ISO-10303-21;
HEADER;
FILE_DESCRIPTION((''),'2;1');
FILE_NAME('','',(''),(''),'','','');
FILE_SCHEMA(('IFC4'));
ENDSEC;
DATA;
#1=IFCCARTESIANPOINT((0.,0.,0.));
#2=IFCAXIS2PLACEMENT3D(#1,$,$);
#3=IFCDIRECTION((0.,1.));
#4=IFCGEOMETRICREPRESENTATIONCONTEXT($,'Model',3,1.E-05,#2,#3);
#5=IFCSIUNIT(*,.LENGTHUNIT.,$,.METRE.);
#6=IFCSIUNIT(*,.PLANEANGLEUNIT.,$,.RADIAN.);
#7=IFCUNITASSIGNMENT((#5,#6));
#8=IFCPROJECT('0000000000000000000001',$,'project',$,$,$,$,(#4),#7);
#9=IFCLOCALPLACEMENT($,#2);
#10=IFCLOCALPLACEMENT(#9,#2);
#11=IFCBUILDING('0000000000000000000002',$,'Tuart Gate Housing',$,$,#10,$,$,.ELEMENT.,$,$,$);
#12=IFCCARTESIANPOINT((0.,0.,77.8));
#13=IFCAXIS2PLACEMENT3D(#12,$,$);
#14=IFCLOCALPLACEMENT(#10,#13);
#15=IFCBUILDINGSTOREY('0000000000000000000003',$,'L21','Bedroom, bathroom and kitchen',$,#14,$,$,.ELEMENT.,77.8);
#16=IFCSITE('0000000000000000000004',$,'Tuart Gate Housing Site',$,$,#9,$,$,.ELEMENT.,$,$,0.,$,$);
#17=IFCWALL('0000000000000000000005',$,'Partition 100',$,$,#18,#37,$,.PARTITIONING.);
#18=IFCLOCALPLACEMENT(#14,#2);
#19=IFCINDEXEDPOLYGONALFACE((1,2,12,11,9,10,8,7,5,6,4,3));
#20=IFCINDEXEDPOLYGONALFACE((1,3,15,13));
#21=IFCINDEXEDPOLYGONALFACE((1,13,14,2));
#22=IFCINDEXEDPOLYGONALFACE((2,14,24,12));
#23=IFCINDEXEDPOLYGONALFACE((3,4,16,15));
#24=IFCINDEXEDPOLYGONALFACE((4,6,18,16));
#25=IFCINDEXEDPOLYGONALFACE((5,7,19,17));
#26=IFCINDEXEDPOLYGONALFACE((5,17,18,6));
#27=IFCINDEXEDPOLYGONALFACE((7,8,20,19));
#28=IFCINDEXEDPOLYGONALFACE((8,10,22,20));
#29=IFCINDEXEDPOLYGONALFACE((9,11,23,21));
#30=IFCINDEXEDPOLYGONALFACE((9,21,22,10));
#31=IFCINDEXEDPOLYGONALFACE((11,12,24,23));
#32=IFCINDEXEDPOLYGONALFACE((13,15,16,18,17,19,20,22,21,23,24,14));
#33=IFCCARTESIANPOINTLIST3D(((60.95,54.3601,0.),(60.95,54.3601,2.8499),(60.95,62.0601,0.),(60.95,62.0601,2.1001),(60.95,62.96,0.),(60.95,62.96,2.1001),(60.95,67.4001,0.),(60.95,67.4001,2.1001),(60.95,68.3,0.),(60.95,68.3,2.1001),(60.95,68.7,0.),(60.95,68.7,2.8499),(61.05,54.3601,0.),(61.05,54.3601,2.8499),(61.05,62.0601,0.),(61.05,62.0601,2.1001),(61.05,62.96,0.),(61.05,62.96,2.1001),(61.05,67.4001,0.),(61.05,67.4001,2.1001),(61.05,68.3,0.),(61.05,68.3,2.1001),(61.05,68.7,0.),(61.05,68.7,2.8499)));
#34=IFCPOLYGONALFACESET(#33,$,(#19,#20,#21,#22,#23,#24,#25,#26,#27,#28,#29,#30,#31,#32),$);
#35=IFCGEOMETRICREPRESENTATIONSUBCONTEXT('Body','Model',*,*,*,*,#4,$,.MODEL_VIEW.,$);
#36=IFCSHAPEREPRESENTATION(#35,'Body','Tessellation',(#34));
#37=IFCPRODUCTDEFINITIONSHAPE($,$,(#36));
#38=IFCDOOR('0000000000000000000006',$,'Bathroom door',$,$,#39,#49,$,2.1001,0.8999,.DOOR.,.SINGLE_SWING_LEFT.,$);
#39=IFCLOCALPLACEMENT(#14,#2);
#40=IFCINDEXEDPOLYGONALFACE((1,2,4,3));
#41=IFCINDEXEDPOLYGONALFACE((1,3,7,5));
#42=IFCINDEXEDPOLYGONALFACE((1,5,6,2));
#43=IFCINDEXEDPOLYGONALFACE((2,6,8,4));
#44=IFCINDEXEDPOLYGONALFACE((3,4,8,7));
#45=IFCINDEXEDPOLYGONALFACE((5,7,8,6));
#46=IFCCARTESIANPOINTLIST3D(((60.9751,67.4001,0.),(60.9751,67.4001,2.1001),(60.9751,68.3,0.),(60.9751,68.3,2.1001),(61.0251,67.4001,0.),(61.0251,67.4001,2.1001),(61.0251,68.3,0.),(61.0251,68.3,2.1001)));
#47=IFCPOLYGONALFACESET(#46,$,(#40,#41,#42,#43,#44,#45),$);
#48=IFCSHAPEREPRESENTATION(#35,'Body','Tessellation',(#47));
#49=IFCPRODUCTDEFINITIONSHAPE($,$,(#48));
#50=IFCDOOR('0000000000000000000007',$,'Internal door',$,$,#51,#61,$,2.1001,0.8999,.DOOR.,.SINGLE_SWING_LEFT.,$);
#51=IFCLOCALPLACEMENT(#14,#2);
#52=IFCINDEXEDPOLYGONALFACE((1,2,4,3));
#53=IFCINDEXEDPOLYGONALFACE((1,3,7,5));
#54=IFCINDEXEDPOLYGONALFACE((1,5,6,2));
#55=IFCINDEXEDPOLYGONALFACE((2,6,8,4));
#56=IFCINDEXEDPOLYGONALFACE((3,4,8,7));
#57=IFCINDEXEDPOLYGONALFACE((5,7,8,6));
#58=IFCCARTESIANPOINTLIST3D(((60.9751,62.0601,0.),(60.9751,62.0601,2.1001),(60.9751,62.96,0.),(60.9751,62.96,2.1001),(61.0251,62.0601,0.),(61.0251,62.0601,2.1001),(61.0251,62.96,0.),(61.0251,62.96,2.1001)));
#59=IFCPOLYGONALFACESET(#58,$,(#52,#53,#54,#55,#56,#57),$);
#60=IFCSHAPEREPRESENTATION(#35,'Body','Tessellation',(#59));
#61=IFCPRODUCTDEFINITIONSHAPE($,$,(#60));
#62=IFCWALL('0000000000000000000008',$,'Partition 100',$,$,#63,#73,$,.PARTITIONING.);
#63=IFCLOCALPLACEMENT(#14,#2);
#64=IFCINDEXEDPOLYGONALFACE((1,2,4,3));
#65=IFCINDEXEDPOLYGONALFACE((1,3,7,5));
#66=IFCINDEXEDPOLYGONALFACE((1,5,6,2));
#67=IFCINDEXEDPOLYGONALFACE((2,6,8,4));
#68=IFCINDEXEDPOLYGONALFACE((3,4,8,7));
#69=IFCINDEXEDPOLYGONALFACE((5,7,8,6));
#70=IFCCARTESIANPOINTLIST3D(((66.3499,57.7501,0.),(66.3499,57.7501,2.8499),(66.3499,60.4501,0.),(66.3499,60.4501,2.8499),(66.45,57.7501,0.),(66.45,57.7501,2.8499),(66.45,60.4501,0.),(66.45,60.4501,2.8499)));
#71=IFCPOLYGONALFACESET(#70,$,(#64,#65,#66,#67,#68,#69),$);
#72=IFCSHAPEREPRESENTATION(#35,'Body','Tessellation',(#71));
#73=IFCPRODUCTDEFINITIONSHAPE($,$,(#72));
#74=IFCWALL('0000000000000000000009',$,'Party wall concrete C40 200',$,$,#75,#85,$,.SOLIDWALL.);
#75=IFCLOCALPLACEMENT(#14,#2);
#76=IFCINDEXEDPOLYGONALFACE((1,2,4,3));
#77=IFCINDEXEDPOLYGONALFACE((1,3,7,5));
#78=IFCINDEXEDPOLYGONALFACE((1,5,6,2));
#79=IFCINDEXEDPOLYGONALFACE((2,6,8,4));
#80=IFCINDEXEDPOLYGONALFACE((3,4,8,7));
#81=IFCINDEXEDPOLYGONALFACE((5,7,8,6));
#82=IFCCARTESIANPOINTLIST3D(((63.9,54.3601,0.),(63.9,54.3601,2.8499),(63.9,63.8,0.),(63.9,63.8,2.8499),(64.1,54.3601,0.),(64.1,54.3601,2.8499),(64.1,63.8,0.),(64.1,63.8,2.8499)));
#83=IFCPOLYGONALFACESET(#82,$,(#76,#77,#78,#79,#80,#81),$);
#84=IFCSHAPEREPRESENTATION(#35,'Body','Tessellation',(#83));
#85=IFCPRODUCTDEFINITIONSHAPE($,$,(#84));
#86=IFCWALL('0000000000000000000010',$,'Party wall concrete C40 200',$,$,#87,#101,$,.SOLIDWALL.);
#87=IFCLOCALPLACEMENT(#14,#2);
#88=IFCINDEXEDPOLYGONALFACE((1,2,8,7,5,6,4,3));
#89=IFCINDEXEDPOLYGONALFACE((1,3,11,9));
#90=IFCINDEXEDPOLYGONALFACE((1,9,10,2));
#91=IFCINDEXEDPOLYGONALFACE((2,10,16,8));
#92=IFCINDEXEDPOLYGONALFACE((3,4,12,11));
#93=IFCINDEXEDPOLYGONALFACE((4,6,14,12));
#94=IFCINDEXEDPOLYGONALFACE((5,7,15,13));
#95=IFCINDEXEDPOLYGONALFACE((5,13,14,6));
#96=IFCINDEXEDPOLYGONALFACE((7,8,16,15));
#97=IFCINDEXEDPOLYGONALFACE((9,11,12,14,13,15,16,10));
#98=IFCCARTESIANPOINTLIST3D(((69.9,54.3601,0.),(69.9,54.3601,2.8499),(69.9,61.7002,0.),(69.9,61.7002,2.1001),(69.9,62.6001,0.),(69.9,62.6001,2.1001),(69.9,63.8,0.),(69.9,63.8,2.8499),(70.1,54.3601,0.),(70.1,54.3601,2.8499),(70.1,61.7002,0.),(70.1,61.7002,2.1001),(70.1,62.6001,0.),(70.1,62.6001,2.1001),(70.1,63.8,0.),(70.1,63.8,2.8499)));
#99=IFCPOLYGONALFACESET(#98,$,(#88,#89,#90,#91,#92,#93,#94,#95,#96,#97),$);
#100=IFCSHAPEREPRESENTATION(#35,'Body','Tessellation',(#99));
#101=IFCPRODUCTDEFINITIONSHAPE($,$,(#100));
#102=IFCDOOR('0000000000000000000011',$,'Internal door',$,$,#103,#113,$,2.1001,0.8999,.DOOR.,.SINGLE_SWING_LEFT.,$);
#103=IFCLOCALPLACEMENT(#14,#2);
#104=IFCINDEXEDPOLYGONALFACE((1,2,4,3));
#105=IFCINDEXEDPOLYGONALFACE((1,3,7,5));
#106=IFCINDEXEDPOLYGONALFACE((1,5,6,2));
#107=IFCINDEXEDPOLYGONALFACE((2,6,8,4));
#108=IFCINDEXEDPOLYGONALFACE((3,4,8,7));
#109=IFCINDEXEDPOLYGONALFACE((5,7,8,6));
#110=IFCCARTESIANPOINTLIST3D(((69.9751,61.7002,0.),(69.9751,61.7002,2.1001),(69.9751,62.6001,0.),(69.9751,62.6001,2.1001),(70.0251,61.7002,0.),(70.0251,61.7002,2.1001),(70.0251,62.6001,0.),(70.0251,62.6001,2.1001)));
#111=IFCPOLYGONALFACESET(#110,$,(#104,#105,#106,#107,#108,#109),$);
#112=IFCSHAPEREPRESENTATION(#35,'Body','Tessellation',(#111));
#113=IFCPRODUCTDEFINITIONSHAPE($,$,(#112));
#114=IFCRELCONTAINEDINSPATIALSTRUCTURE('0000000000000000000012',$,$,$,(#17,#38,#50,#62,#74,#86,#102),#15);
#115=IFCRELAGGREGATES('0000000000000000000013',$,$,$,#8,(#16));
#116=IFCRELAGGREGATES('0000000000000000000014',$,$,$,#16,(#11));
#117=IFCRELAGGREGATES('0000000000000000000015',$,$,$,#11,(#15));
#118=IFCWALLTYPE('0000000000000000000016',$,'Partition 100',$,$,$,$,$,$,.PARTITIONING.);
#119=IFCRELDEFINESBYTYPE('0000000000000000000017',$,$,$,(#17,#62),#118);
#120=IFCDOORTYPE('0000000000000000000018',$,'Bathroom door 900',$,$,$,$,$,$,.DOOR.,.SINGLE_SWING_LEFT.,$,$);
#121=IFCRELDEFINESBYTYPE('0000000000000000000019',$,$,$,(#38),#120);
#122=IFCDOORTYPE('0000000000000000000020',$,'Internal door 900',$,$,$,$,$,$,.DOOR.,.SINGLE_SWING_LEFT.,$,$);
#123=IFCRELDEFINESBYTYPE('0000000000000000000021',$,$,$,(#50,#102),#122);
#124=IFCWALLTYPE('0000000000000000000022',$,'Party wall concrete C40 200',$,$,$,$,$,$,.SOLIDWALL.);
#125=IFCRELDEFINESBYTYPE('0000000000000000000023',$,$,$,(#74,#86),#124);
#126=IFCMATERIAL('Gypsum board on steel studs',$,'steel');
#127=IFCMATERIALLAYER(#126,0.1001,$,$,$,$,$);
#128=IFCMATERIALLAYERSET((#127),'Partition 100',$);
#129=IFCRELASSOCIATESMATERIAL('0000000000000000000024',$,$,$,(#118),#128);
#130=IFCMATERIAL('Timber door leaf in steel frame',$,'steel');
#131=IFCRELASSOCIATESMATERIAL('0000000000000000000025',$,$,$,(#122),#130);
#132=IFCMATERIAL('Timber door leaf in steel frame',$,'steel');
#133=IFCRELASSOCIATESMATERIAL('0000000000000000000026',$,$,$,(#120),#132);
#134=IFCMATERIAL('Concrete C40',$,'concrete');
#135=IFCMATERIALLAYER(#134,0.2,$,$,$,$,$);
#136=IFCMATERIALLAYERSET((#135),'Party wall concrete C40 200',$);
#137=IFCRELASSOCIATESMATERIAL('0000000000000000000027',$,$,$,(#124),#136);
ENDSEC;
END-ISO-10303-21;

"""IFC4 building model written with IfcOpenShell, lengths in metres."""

from ifc_helpers import new_model, si_unit, direction, frame, frame_2d, origin, place, context, subcontext, project, spatial, rectangle, extrude, material, layer, layer_set, type_object, element, fill, save


model = new_model("IFC4")

# Units and contexts
model_context = context("Model", 3, precision=1e-05, world=origin(), true_north=direction((0.0, 1.0)))
body_context = subcontext(model_context, "Body", "Model", "MODEL_VIEW")
ifc_project = project(units=[si_unit("LENGTHUNIT", "METRE"), si_unit("PLANEANGLEUNIT", "RADIAN")], contexts=[model_context])

# Site, building, storey
site_placement = place(None, origin())
site = spatial("IfcSite", under=ifc_project, at=site_placement, Name="Tuart Gate Housing Site", CompositionType="ELEMENT", RefElevation=0.0)
building_placement = place(site_placement, origin())
building = spatial("IfcBuilding", under=site, at=building_placement, Name="Tuart Gate Housing", CompositionType="ELEMENT")
storey_placement = place(building_placement, frame((0.0, 0.0, 77.8)))
storey = spatial("IfcBuildingStorey", under=building, at=storey_placement, Name="L21", Description="Bedroom, bathroom and kitchen", CompositionType="ELEMENT", Elevation=77.8)

# Shared definitions
ifc_material_1 = material(Name="Gypsum board on steel studs", Category="steel")
ifc_layer_1 = layer(ifc_material_1, 0.1001)
ifc_layer_set_1 = layer_set([ifc_layer_1], Name="Partition 100")
wall_type_1 = type_object("IfcWallType", Name="Partition 100", PredefinedType="PARTITIONING", material=ifc_layer_set_1)

# Shared definitions
ifc_material_2 = material(Name="Timber door leaf in steel frame", Category="steel")
door_type_1 = type_object("IfcDoorType", Name="Internal door 900", OperationType="SINGLE_SWING_LEFT", PredefinedType="DOOR", material=ifc_material_2)

# Shared definitions
ifc_material_3 = material(Name="Timber door leaf in steel frame", Category="steel")
door_type_2 = type_object("IfcDoorType", Name="Bathroom door 900", OperationType="SINGLE_SWING_LEFT", PredefinedType="DOOR", material=ifc_material_3)

# Wall, openings, doors
wall_1_placement = place(storey_placement, frame((61.0, 54.3601, 0.0), z_axis=(0.0, 0.0, 1.0), x_axis=(0.0, 1.0, 0.0)))
wall_1 = element("IfcWall", 1, at=wall_1_placement, inside=storey, type_object=wall_type_1, Name="Partition 100", PredefinedType="PARTITIONING", context=body_context, shape_type="SweptSolid", body=[
    extrude(rectangle(XDim=14.3398, YDim=0.1001, at=frame_2d((7.1699, 0.0))), origin(), (0.0, 0.0, 1.0), 2.8499),
])
opening_1_placement = place(wall_1_placement, frame((7.7, 0.0, 0.0)))
opening_1 = element("IfcOpeningElement", 2, at=opening_1_placement, cuts=wall_1, PredefinedType="OPENING", context=body_context, shape_type="SweptSolid", body=[
    extrude(rectangle(XDim=0.8999, YDim=2.1001, at=frame_2d((0.45, 1.05))), frame((0.0, 0.0601, 0.0), z_axis=(0.0, -1.0, 0.0), x_axis=(1.0, 0.0, 0.0)), (0.0, 0.0, 1.0), 0.1201),
])
opening_2_placement = place(wall_1_placement, frame((13.04, 0.0, 0.0)))
opening_2 = element("IfcOpeningElement", 3, at=opening_2_placement, cuts=wall_1, PredefinedType="OPENING", context=body_context, shape_type="SweptSolid", body=[
    extrude(rectangle(XDim=0.8999, YDim=2.1001, at=frame_2d((0.45, 1.05))), frame((0.0, 0.0601, 0.0), z_axis=(0.0, -1.0, 0.0), x_axis=(1.0, 0.0, 0.0)), (0.0, 0.0, 1.0), 0.1201),
])
door_1_placement = place(opening_2_placement, frame((0.8999, 0.0, 0.0), z_axis=(0.0, 0.0, 1.0), x_axis=(-1.0, 0.0, 0.0)))
door_1 = element("IfcDoor", 4, at=door_1_placement, inside=storey, type_object=door_type_2, Name="Bathroom door", OperationType="SINGLE_SWING_LEFT", OverallHeight=2.1001, OverallWidth=0.8999, PredefinedType="DOOR", context=body_context, shape_type="SweptSolid", body=[
    extrude(rectangle(XDim=0.8999, YDim=2.1001, at=frame_2d((0.45, 1.05))), frame((0.0, 0.0251, 0.0), z_axis=(0.0, -1.0, 0.0), x_axis=(1.0, 0.0, 0.0)), (0.0, 0.0, 1.0), 0.05),
])
fill(opening_2, door_1)
door_2_placement = place(opening_1_placement, frame((0.8999, 0.0, 0.0), z_axis=(0.0, 0.0, 1.0), x_axis=(-1.0, 0.0, 0.0)))
door_2 = element("IfcDoor", 5, at=door_2_placement, inside=storey, type_object=door_type_1, Name="Internal door", OperationType="SINGLE_SWING_LEFT", OverallHeight=2.1001, OverallWidth=0.8999, PredefinedType="DOOR", context=body_context, shape_type="SweptSolid", body=[
    extrude(rectangle(XDim=0.8999, YDim=2.1001, at=frame_2d((0.45, 1.05))), frame((0.0, 0.0251, 0.0), z_axis=(0.0, -1.0, 0.0), x_axis=(1.0, 0.0, 0.0)), (0.0, 0.0, 1.0), 0.05),
])
fill(opening_1, door_2)

# Walls
wall_2_placement = place(storey_placement, frame((66.3999, 57.75, 0.0), z_axis=(0.0, 0.0, 1.0), x_axis=(0.0, 1.0, 0.0)))
element("IfcWall", 6, at=wall_2_placement, inside=storey, type_object=wall_type_1, Name="Partition 100", PredefinedType="PARTITIONING", context=body_context, shape_type="SweptSolid", body=[
    extrude(rectangle(XDim=2.7, YDim=0.1001, at=frame_2d((1.3501, 0.0))), origin(), (0.0, 0.0, 1.0), 2.8499),
])
ifc_material_4 = material(Name="Concrete C40", Category="concrete")
ifc_layer_2 = layer(ifc_material_4, 0.2)
ifc_layer_set_2 = layer_set([ifc_layer_2], Name="Party wall concrete C40 200")
wall_type_2 = type_object("IfcWallType", Name="Party wall concrete C40 200", PredefinedType="SOLIDWALL", material=ifc_layer_set_2)
wall_3_placement = place(storey_placement, frame((64.0, 54.3601, 0.0), z_axis=(0.0, 0.0, 1.0), x_axis=(0.0, 1.0, 0.0)))
element("IfcWall", 7, at=wall_3_placement, inside=storey, type_object=wall_type_2, Name="Party wall concrete C40 200", PredefinedType="SOLIDWALL", context=body_context, shape_type="SweptSolid", body=[
    extrude(rectangle(XDim=9.4399, YDim=0.2, at=frame_2d((4.72, 0.0))), origin(), (0.0, 0.0, 1.0), 2.8499),
])

# Wall, opening, door
wall_4_placement = place(storey_placement, frame((70.0, 54.3601, 0.0), z_axis=(0.0, 0.0, 1.0), x_axis=(0.0, 1.0, 0.0)))
wall_4 = element("IfcWall", 8, at=wall_4_placement, inside=storey, type_object=wall_type_2, Name="Party wall concrete C40 200", PredefinedType="SOLIDWALL", context=body_context, shape_type="SweptSolid", body=[
    extrude(rectangle(XDim=9.4399, YDim=0.2, at=frame_2d((4.72, 0.0))), origin(), (0.0, 0.0, 1.0), 2.8499),
])
opening_3_placement = place(wall_4_placement, frame((7.3401, 0.0, 0.0)))
opening_3 = element("IfcOpeningElement", 9, at=opening_3_placement, cuts=wall_4, PredefinedType="OPENING", context=body_context, shape_type="SweptSolid", body=[
    extrude(rectangle(XDim=0.8999, YDim=2.1001, at=frame_2d((0.45, 1.05))), frame((0.0, 0.1099, 0.0), z_axis=(0.0, -1.0, 0.0), x_axis=(1.0, 0.0, 0.0)), (0.0, 0.0, 1.0), 0.22),
])
door_3_placement = place(opening_3_placement, origin())
door_3 = element("IfcDoor", 10, at=door_3_placement, inside=storey, type_object=door_type_1, Name="Internal door", OperationType="SINGLE_SWING_LEFT", OverallHeight=2.1001, OverallWidth=0.8999, PredefinedType="DOOR", context=body_context, shape_type="SweptSolid", body=[
    extrude(rectangle(XDim=0.8999, YDim=2.1001, at=frame_2d((0.45, 1.05))), frame((0.0, 0.0249, 0.0), z_axis=(0.0, -1.0, 0.0), x_axis=(1.0, 0.0, 0.0)), (0.0, 0.0, 1.0), 0.05),
])
fill(opening_3, door_3)

save(model, "model.ifc")
